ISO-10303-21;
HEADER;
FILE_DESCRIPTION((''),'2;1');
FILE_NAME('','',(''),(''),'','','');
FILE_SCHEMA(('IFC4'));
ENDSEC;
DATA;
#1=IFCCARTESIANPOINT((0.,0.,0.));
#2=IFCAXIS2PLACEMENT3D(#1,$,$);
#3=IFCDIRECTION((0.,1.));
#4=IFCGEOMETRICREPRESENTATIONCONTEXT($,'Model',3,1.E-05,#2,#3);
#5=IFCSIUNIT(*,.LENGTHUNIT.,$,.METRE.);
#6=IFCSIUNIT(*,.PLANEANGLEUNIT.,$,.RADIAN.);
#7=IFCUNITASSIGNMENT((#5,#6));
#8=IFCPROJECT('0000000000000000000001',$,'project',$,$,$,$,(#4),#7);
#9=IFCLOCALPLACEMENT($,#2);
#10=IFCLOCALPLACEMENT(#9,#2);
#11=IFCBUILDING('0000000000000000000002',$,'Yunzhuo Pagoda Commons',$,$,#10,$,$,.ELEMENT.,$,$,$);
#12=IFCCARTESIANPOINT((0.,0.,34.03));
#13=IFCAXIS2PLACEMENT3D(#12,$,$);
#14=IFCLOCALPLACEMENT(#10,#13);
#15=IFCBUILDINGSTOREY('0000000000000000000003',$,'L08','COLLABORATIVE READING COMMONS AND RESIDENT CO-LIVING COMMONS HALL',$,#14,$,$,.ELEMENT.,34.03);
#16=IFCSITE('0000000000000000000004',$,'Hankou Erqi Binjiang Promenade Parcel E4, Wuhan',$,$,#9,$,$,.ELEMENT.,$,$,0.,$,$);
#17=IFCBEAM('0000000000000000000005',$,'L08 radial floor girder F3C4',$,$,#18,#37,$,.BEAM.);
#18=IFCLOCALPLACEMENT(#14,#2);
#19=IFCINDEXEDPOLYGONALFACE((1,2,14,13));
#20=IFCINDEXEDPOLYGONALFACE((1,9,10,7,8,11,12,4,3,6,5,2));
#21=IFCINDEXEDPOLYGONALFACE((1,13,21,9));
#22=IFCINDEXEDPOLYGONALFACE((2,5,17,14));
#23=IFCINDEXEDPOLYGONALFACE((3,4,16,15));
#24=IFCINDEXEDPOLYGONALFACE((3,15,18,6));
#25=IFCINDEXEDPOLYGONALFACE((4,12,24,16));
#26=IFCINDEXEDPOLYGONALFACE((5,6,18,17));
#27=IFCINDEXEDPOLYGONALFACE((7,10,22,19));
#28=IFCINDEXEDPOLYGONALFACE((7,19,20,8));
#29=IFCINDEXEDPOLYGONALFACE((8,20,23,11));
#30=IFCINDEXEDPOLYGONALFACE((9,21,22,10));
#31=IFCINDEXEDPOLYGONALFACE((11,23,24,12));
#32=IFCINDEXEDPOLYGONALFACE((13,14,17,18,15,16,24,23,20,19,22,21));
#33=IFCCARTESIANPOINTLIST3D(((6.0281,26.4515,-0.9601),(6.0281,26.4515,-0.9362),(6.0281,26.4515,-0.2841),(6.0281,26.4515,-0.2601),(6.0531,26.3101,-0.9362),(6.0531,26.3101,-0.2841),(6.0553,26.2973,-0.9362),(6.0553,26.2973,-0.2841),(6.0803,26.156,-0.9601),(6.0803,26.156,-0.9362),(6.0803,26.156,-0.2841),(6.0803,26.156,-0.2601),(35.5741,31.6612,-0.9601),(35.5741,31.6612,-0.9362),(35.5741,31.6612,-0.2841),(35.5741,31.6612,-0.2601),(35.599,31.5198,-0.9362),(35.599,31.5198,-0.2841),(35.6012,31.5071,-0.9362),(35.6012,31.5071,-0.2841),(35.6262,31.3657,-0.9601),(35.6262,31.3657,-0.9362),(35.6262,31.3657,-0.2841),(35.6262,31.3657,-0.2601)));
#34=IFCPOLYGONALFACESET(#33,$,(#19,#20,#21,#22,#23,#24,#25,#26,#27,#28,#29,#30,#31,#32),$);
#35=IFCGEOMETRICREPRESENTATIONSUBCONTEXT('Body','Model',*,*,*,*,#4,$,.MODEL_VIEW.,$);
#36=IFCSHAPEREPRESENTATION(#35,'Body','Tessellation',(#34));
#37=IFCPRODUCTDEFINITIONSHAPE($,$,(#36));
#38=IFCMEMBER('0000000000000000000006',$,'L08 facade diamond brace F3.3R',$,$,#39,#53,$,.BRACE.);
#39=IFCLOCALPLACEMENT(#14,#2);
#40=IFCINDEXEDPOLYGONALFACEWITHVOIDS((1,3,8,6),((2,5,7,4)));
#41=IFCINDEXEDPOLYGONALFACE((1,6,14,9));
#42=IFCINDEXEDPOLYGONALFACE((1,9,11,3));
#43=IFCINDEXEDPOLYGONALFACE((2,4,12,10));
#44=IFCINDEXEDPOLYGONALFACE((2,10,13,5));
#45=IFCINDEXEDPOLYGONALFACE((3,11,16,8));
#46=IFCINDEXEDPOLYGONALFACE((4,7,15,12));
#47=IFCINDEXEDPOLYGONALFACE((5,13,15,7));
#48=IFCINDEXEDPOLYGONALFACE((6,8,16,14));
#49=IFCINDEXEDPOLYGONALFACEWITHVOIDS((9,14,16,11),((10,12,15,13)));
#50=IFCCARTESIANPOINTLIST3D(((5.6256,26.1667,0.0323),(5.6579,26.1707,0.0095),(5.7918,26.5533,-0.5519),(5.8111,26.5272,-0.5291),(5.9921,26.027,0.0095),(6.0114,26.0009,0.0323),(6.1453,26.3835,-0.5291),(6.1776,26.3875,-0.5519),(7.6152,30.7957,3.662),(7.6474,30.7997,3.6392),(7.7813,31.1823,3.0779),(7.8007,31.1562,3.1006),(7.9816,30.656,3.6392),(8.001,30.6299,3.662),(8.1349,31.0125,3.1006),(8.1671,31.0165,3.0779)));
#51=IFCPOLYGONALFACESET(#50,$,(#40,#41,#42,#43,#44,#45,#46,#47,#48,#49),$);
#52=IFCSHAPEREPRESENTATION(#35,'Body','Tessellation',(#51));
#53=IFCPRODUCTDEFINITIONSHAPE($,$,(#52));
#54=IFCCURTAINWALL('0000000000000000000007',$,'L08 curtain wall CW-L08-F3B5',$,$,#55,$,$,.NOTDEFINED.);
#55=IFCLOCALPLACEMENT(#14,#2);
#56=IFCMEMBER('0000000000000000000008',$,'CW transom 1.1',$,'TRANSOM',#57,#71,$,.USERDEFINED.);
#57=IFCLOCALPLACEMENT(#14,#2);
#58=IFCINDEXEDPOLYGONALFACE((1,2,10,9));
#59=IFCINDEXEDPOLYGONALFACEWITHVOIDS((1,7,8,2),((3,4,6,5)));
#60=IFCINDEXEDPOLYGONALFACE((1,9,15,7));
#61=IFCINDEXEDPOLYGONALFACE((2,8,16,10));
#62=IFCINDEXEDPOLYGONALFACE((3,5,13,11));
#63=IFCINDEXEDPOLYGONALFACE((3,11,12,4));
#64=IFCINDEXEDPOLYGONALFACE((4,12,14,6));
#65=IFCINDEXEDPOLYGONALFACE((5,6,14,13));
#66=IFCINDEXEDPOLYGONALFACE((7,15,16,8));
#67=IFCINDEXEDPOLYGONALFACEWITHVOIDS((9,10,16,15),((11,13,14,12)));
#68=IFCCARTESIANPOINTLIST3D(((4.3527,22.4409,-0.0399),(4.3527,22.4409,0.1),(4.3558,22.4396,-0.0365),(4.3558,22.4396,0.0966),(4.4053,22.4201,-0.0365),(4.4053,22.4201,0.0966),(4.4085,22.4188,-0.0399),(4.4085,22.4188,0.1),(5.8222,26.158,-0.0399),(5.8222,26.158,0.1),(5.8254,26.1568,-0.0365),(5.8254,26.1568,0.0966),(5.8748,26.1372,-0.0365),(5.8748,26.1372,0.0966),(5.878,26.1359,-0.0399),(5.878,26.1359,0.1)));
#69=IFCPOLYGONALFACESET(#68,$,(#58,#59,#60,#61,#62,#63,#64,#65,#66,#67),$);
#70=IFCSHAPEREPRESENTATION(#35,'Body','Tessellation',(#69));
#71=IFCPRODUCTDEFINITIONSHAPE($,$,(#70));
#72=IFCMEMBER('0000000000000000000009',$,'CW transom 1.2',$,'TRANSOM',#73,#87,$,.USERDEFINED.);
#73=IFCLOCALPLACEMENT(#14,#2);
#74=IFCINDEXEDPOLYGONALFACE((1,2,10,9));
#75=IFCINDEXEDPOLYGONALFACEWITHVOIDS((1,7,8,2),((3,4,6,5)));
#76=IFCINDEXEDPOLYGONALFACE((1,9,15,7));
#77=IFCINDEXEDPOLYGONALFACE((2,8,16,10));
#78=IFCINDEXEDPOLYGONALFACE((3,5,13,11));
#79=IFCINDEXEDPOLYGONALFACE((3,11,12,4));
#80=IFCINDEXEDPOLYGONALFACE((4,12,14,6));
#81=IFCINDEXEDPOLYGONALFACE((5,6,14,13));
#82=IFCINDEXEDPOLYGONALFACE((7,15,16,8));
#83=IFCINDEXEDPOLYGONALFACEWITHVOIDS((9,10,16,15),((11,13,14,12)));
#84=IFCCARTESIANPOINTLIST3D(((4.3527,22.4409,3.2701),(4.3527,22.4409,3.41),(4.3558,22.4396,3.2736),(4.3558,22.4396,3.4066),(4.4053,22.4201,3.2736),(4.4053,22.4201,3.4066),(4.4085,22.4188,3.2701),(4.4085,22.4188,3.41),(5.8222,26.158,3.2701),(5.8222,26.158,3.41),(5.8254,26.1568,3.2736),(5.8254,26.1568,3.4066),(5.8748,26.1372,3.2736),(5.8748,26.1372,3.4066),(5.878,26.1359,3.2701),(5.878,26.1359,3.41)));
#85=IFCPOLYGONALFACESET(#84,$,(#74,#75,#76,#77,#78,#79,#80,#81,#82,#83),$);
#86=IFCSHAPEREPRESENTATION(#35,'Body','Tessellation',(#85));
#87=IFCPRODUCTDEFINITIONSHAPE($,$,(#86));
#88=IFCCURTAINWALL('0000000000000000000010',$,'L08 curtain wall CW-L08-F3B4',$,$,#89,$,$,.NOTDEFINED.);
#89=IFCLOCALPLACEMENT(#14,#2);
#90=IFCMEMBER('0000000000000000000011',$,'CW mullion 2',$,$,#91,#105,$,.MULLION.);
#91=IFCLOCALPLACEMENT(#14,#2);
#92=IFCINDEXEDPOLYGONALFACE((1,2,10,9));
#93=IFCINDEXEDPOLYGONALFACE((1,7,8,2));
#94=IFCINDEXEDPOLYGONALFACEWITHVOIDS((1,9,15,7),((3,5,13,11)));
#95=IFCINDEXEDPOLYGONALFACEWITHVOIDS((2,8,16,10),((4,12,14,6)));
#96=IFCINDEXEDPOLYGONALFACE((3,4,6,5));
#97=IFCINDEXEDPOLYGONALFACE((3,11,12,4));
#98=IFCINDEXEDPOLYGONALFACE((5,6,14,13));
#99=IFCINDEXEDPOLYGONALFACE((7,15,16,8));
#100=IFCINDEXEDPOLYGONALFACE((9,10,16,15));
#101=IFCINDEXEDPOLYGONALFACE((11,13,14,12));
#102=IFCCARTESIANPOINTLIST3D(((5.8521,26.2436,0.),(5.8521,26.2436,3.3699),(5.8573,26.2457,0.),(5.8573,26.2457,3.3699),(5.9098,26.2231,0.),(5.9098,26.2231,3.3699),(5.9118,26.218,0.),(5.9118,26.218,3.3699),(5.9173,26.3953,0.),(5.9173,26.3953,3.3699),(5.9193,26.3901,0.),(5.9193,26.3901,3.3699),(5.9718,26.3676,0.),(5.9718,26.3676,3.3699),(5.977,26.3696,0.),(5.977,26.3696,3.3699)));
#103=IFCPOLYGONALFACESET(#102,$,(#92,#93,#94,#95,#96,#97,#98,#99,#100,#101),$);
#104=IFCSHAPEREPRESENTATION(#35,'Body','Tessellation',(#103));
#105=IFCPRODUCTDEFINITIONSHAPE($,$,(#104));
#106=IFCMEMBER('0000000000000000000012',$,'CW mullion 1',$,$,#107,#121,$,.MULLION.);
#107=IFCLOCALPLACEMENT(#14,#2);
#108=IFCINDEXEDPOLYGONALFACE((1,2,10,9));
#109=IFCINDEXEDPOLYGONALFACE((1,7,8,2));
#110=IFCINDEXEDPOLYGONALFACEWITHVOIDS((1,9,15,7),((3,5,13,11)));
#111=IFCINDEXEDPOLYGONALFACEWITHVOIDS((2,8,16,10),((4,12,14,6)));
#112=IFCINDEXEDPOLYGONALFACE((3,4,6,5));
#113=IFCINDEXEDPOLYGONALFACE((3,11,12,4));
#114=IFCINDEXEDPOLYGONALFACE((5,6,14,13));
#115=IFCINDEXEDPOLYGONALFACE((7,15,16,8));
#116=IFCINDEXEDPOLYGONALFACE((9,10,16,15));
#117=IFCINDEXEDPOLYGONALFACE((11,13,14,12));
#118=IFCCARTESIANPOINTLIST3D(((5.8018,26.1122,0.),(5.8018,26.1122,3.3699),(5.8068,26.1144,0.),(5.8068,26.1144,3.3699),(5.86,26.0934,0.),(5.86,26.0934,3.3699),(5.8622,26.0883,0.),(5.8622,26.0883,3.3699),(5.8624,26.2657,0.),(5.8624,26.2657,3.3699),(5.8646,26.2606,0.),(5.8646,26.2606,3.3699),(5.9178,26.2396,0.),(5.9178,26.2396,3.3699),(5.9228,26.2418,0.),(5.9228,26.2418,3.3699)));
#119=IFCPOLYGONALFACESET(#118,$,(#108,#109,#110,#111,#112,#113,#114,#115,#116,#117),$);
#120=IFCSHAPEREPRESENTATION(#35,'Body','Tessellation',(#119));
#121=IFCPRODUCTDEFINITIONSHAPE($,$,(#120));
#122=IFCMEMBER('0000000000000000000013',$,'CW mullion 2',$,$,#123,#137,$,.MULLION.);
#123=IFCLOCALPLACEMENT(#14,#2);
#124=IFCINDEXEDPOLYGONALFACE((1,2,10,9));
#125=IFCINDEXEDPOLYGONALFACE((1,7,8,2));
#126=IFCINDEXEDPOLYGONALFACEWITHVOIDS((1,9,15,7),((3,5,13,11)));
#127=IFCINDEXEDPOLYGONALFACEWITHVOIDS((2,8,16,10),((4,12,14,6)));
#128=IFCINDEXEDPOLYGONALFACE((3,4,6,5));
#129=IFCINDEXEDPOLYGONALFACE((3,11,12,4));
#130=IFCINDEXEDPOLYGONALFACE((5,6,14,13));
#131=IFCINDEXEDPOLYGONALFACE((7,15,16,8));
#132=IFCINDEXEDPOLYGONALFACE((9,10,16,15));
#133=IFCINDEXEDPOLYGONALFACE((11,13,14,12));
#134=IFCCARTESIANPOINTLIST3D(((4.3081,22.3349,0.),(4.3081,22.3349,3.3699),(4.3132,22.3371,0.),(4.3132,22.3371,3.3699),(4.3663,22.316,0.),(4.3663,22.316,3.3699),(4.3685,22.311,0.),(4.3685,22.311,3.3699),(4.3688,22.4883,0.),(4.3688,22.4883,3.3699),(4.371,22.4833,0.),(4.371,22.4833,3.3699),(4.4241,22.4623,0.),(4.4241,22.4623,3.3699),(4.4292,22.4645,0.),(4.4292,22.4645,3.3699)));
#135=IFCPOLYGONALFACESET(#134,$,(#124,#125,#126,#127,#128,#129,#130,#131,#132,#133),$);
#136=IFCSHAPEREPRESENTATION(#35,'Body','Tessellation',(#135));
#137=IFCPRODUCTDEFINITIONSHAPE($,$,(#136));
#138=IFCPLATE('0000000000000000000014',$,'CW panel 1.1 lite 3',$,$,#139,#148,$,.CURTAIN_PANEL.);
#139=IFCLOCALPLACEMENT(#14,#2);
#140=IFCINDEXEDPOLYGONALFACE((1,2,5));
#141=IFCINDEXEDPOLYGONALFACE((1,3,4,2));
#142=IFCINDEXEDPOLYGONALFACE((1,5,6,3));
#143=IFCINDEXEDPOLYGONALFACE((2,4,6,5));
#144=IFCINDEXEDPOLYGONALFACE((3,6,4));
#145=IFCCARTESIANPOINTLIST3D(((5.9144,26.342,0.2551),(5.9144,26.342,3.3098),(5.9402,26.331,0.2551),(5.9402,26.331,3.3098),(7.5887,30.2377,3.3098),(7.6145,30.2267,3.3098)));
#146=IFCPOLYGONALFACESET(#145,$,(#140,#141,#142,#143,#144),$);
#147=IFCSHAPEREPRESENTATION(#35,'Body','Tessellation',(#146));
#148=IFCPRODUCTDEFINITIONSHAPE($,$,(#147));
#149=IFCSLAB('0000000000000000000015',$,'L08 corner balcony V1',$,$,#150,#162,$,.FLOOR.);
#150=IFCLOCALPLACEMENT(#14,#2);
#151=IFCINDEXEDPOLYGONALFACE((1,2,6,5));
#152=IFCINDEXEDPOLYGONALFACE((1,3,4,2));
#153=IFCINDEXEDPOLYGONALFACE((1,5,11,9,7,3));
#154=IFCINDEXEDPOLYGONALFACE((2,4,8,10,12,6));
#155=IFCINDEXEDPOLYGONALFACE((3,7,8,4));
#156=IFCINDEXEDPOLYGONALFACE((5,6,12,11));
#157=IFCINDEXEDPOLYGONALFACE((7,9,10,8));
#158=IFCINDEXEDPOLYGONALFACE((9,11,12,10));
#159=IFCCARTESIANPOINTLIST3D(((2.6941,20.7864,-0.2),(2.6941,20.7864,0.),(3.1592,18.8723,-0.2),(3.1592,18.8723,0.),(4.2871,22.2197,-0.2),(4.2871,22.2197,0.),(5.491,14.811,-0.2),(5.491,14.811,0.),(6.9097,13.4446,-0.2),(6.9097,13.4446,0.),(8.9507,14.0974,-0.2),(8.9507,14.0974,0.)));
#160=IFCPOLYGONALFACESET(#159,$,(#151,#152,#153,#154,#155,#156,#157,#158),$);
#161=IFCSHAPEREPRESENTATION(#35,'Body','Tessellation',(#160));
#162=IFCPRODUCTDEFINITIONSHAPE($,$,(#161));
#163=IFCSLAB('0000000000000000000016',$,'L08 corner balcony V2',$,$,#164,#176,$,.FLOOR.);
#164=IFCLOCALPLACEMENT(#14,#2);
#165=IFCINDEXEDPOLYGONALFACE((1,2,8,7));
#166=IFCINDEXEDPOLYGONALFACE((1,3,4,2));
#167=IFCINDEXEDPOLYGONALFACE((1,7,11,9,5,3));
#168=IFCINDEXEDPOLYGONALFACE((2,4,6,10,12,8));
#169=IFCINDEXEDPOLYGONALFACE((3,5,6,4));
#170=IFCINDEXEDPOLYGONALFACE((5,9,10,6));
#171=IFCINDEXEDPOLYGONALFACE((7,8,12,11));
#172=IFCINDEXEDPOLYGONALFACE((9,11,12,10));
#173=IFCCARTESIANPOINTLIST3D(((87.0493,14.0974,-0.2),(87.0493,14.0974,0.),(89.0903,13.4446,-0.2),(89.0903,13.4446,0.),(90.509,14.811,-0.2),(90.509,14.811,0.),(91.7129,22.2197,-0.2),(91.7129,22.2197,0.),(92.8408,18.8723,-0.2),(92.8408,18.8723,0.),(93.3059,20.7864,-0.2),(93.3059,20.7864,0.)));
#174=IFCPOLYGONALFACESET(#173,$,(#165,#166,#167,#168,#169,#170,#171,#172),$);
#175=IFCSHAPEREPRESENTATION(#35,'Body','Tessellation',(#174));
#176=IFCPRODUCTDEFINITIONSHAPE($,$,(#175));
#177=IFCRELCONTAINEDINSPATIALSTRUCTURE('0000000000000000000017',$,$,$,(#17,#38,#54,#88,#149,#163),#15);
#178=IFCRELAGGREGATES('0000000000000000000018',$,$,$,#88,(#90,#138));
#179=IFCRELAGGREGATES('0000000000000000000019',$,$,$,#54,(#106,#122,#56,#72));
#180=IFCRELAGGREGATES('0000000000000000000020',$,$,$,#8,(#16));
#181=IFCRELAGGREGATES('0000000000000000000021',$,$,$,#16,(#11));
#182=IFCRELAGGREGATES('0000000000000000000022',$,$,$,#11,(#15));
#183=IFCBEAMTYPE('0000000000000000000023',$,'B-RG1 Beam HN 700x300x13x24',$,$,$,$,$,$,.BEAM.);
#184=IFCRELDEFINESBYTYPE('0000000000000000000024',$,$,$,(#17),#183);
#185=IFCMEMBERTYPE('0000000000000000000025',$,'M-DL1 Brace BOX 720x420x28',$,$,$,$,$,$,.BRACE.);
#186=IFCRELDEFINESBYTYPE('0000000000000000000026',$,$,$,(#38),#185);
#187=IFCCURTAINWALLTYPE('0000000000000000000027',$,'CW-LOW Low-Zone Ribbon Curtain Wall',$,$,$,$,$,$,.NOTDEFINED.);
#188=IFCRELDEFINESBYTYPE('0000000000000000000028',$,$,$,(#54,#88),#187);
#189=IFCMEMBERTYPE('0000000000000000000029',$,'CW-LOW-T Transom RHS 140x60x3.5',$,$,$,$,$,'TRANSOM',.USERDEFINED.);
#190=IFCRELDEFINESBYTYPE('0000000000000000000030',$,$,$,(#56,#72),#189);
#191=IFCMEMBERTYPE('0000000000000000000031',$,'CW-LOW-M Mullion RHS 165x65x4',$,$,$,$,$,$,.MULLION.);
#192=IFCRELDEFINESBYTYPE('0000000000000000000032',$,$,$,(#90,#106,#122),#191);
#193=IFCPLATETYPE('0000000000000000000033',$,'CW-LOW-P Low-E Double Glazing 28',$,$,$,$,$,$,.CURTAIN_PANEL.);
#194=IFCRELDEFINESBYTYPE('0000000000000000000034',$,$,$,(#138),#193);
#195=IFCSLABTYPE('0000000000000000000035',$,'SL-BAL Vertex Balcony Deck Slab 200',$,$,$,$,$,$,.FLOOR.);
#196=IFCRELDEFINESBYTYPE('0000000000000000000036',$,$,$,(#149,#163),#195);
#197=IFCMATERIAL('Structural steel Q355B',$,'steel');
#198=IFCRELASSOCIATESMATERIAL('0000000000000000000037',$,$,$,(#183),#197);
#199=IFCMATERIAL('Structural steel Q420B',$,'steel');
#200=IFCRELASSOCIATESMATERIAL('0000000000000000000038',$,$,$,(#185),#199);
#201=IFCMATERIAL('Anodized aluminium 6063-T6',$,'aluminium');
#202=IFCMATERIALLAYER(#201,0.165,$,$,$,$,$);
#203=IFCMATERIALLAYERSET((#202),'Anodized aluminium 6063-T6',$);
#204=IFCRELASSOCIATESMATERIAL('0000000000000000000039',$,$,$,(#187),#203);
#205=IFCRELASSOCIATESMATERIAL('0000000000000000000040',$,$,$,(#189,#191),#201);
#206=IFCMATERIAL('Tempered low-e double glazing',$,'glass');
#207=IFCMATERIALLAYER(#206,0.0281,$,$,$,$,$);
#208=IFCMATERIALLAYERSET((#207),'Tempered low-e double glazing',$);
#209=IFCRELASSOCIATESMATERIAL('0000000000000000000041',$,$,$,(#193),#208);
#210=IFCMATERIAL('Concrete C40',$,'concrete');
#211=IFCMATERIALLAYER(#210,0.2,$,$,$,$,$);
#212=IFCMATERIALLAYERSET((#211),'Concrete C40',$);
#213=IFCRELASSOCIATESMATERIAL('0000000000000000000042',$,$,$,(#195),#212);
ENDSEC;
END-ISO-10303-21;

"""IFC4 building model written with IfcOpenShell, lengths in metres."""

from ifc_helpers import new_model, si_unit, direction, frame, origin, origin_2d, place, context, subcontext, project, spatial, polyline, hollow_rectangle, i_section, outline, extrude, source, transform, mapped, material, layer, layer_set, material_profile, profile_set, type_object, element, aggregate, save


model = new_model("IFC4")

# Units and contexts
model_context = context("Model", 3, precision=1e-05, world=origin(), true_north=direction((0.0, 1.0)))
body_context = subcontext(model_context, "Body", "Model", "MODEL_VIEW")
ifc_project = project(units=[si_unit("LENGTHUNIT", "METRE"), si_unit("PLANEANGLEUNIT", "RADIAN")], contexts=[model_context])

# Site, building, storey
site_placement = place(None, origin())
site = spatial("IfcSite", under=ifc_project, at=site_placement, Name="Hankou Erqi Binjiang Promenade Parcel E4, Wuhan", CompositionType="ELEMENT", RefElevation=0.0)
building_placement = place(site_placement, origin())
building = spatial("IfcBuilding", under=site, at=building_placement, Name="Yunzhuo Pagoda Commons", CompositionType="ELEMENT")
storey_placement = place(building_placement, frame((0.0, 0.0, 34.03)))
storey = spatial("IfcBuildingStorey", under=building, at=storey_placement, Name="L08", Description="COLLABORATIVE READING COMMONS AND RESIDENT CO-LIVING COMMONS HALL", CompositionType="ELEMENT", Elevation=34.03)

# Beam
ifc_material_1 = material(Name="Structural steel Q355B", Category="steel")
ifc_material_profile_1 = material_profile(ifc_material_1, i_section(OverallWidth=0.3, OverallDepth=0.7, WebThickness=0.0129, FlangeThickness=0.0239, at=origin_2d()), Name="Structural steel Q355B")
ifc_profile_set_1 = profile_set([ifc_material_profile_1], Name="Structural steel Q355B")
beam_type = type_object("IfcBeamType", Name="B-RG1 Beam HN 700x300x13x24", PredefinedType="BEAM", material=ifc_profile_set_1)
shared_shape_1 = source(origin(), body_context, "Body", "SweptSolid", [
    extrude(i_section(OverallWidth=0.3, OverallDepth=0.7, WebThickness=0.0129, FlangeThickness=0.0239, at=origin_2d()), origin(), (0.0, 0.0, 1.0), 30.0017),
])
beam_placement = place(storey_placement, frame((6.0542, 26.3037, -0.6101), z_axis=(0.984808, 0.173647, 0.0), x_axis=(-0.173647, 0.984808, 0.0)))
element("IfcBeam", 1, at=beam_placement, inside=storey, type_object=beam_type, Name="L08 radial floor girder F3C4", PredefinedType="BEAM", context=body_context, shape_type="MappedRepresentation", body=[
    mapped(shared_shape_1, transform((0.0, 0.0, 0.0), scale=1.0)),
])

# Member
ifc_material_2 = material(Name="Structural steel Q420B", Category="steel")
ifc_material_profile_2 = material_profile(ifc_material_2, hollow_rectangle(XDim=0.4199, YDim=0.72, WallThickness=0.0281, at=origin_2d()), Name="Structural steel Q420B")
ifc_profile_set_2 = profile_set([ifc_material_profile_2], Name="Structural steel Q420B")
member_type_1 = type_object("IfcMemberType", Name="M-DL1 Brace BOX 720x420x28", PredefinedType="BRACE", material=ifc_profile_set_2)
shared_shape_2 = source(origin(), body_context, "Body", "SweptSolid", [
    extrude(hollow_rectangle(XDim=0.4199, YDim=0.72, WallThickness=0.0281, at=origin_2d()), origin(), (0.0, 0.0, 1.0), 6.2097),
])
member_1_placement = place(storey_placement, frame((5.9016, 26.2771, -0.2598), z_axis=(0.320391, 0.745443, 0.58452), x_axis=(-0.918736, 0.394872, 0.0)))
element("IfcMember", 2, at=member_1_placement, inside=storey, type_object=member_type_1, Name="L08 facade diamond brace F3.3R", PredefinedType="BRACE", context=body_context, shape_type="MappedRepresentation", body=[
    mapped(shared_shape_2, transform((0.0, 0.0, 0.0), scale=1.0)),
])

# Curtain wall, members
ifc_material_3 = material(Name="Anodized aluminium 6063-T6", Category="aluminium")
ifc_layer_1 = layer(ifc_material_3, 0.165)
ifc_layer_set_1 = layer_set([ifc_layer_1], Name="Anodized aluminium 6063-T6")
curtain_wall_type = type_object("IfcCurtainWallType", Name="CW-LOW Low-Zone Ribbon Curtain Wall", PredefinedType="NOTDEFINED", material=ifc_layer_set_1)
curtain_wall_1_placement = place(storey_placement, origin())
curtain_wall_1 = element("IfcCurtainWall", 3, at=curtain_wall_1_placement, inside=storey, type_object=curtain_wall_type, Name="L08 curtain wall CW-L08-F3B5", PredefinedType="NOTDEFINED")
ifc_material_profile_3 = material_profile(ifc_material_3, hollow_rectangle(XDim=0.0601, YDim=0.1399, WallThickness=0.0034, at=origin_2d()), Name="Anodized aluminium 6063-T6")
ifc_profile_set_3 = profile_set([ifc_material_profile_3], Name="Anodized aluminium 6063-T6")
member_type_2 = type_object("IfcMemberType", Name="CW-LOW-T Transom RHS 140x60x3.5", ElementType="TRANSOM", PredefinedType="USERDEFINED", material=ifc_profile_set_3)
shared_shape_3 = source(origin(), body_context, "Body", "SweptSolid", [
    extrude(hollow_rectangle(XDim=0.0601, YDim=0.1399, WallThickness=0.0034, at=origin_2d()), origin(), (0.0, 0.0, 1.0), 3.9971),
])
member_2_placement = place(storey_placement, frame((5.8501, 26.147, 0.03), z_axis=(-0.367649, -0.929965, 0.0), x_axis=(0.929965, -0.367649, 0.0)))
member_2 = element("IfcMember", 4, at=member_2_placement, type_object=member_type_2, Name="CW transom 1.1", ObjectType="TRANSOM", PredefinedType="USERDEFINED", context=body_context, shape_type="MappedRepresentation", body=[
    mapped(shared_shape_3, transform((0.0, 0.0, 0.0), scale=1.0)),
])
member_3_placement = place(storey_placement, frame((5.8501, 26.147, 3.3401), z_axis=(-0.367649, -0.929965, 0.0), x_axis=(0.929965, -0.367649, 0.0)))
member_3 = element("IfcMember", 5, at=member_3_placement, type_object=member_type_2, Name="CW transom 1.2", ObjectType="TRANSOM", PredefinedType="USERDEFINED", context=body_context, shape_type="MappedRepresentation", body=[
    mapped(shared_shape_3, transform((0.0, 0.0, 0.0), scale=1.0)),
])

# Curtain wall, member
curtain_wall_2_placement = place(storey_placement, origin())
curtain_wall_2 = element("IfcCurtainWall", 6, at=curtain_wall_2_placement, inside=storey, type_object=curtain_wall_type, Name="L08 curtain wall CW-L08-F3B4", PredefinedType="NOTDEFINED")
ifc_material_profile_4 = material_profile(ifc_material_3, hollow_rectangle(XDim=0.0649, YDim=0.165, WallThickness=0.0039, at=origin_2d()), Name="Anodized aluminium 6063-T6")
ifc_profile_set_4 = profile_set([ifc_material_profile_4], Name="Anodized aluminium 6063-T6")
member_type_3 = type_object("IfcMemberType", Name="CW-LOW-M Mullion RHS 165x65x4", PredefinedType="MULLION", material=ifc_profile_set_4)
shared_shape_4 = source(origin(), body_context, "Body", "SweptSolid", [
    extrude(hollow_rectangle(XDim=0.0649, YDim=0.165, WallThickness=0.0039, at=origin_2d()), origin(), (0.0, 0.0, 1.0), 3.3699),
])
member_4_placement = place(storey_placement, frame((5.9146, 26.3066, 0.0), z_axis=(0.0, 0.0, 1.0), x_axis=(0.918745, -0.394851, 0.0)))
member_4 = element("IfcMember", 7, at=member_4_placement, type_object=member_type_3, Name="CW mullion 2", PredefinedType="MULLION", context=body_context, shape_type="MappedRepresentation", body=[
    mapped(shared_shape_4, transform((0.0, 0.0, 0.0), scale=1.0)),
])

# Members
member_5_placement = place(storey_placement, frame((5.8623, 26.177, 0.0), z_axis=(0.0, 0.0, 1.0), x_axis=(0.929958, -0.367665, 0.0)))
member_5 = element("IfcMember", 8, at=member_5_placement, type_object=member_type_3, Name="CW mullion 1", PredefinedType="MULLION", context=body_context, shape_type="MappedRepresentation", body=[
    mapped(shared_shape_4, transform((0.0, 0.0, 0.0), scale=1.0)),
])
member_6_placement = place(storey_placement, frame((4.3687, 22.3997, 0.0), z_axis=(0.0, 0.0, 1.0), x_axis=(0.929958, -0.367665, 0.0)))
member_6 = element("IfcMember", 9, at=member_6_placement, type_object=member_type_3, Name="CW mullion 2", PredefinedType="MULLION", context=body_context, shape_type="MappedRepresentation", body=[
    mapped(shared_shape_4, transform((0.0, 0.0, 0.0), scale=1.0)),
])

# Plate
ifc_material_4 = material(Name="Tempered low-e double glazing", Category="glass")
ifc_layer_2 = layer(ifc_material_4, 0.0281)
ifc_layer_set_2 = layer_set([ifc_layer_2], Name="Tempered low-e double glazing")
plate_type_1 = type_object("IfcPlateType", Name="CW-LOW-P Low-E Double Glazing 28", PredefinedType="CURTAIN_PANEL", material=ifc_layer_set_2)
plate_1_placement = place(storey_placement, frame((6.7773, 28.2788, 1.7825), z_axis=(-0.918745, 0.394851, 0.0), x_axis=(-0.394851, -0.918745, 0.0)))
plate_1 = element("IfcPlate", 10, at=plate_1_placement, type_object=plate_type_1, Name="CW panel 1.1 lite 3", PredefinedType="CURTAIN_PANEL", context=body_context, shape_type="SweptSolid", body=[
    extrude(outline(polyline([(-2.1201, 1.5273), (2.1201, -1.5273), (2.1201, 1.5273), (-2.1201, 1.5273)])), origin(), (0.0, 0.0, 1.0), 0.0281),
])
aggregate(curtain_wall_2, [member_4, plate_1])

# Slabs
ifc_material_5 = material(Name="Concrete C40", Category="concrete")
ifc_layer_3 = layer(ifc_material_5, 0.2)
ifc_layer_set_3 = layer_set([ifc_layer_3], Name="Concrete C40")
slab_type_1 = type_object("IfcSlabType", Name="SL-BAL Vertex Balcony Deck Slab 200", PredefinedType="FLOOR", material=ifc_layer_set_3)
slab_1_placement = place(storey_placement, frame((0.0, 0.0, -0.2)))
element("IfcSlab", 11, at=slab_1_placement, inside=storey, type_object=slab_type_1, Name="L08 corner balcony V1", PredefinedType="FLOOR", context=body_context, shape_type="SweptSolid", body=[
    extrude(outline(polyline([(4.2871, 22.2197), (8.9507, 14.0974), (6.9097, 13.4446), (5.491, 14.811), (3.1592, 18.8723), (2.6941, 20.7864), (4.2871, 22.2197)])), origin(), (0.0, 0.0, 1.0), 0.2),
])
slab_2_placement = place(storey_placement, frame((0.0, 0.0, -0.2)))
element("IfcSlab", 12, at=slab_2_placement, inside=storey, type_object=slab_type_1, Name="L08 corner balcony V2", PredefinedType="FLOOR", context=body_context, shape_type="SweptSolid", body=[
    extrude(outline(polyline([(87.0493, 14.0974), (91.7129, 22.2197), (93.3059, 20.7864), (92.8408, 18.8723), (90.509, 14.811), (89.0903, 13.4446), (87.0493, 14.0974)])), origin(), (0.0, 0.0, 1.0), 0.2),
])

aggregate(curtain_wall_1, [member_5, member_6, member_2, member_3])

save(model, "model.ifc")
